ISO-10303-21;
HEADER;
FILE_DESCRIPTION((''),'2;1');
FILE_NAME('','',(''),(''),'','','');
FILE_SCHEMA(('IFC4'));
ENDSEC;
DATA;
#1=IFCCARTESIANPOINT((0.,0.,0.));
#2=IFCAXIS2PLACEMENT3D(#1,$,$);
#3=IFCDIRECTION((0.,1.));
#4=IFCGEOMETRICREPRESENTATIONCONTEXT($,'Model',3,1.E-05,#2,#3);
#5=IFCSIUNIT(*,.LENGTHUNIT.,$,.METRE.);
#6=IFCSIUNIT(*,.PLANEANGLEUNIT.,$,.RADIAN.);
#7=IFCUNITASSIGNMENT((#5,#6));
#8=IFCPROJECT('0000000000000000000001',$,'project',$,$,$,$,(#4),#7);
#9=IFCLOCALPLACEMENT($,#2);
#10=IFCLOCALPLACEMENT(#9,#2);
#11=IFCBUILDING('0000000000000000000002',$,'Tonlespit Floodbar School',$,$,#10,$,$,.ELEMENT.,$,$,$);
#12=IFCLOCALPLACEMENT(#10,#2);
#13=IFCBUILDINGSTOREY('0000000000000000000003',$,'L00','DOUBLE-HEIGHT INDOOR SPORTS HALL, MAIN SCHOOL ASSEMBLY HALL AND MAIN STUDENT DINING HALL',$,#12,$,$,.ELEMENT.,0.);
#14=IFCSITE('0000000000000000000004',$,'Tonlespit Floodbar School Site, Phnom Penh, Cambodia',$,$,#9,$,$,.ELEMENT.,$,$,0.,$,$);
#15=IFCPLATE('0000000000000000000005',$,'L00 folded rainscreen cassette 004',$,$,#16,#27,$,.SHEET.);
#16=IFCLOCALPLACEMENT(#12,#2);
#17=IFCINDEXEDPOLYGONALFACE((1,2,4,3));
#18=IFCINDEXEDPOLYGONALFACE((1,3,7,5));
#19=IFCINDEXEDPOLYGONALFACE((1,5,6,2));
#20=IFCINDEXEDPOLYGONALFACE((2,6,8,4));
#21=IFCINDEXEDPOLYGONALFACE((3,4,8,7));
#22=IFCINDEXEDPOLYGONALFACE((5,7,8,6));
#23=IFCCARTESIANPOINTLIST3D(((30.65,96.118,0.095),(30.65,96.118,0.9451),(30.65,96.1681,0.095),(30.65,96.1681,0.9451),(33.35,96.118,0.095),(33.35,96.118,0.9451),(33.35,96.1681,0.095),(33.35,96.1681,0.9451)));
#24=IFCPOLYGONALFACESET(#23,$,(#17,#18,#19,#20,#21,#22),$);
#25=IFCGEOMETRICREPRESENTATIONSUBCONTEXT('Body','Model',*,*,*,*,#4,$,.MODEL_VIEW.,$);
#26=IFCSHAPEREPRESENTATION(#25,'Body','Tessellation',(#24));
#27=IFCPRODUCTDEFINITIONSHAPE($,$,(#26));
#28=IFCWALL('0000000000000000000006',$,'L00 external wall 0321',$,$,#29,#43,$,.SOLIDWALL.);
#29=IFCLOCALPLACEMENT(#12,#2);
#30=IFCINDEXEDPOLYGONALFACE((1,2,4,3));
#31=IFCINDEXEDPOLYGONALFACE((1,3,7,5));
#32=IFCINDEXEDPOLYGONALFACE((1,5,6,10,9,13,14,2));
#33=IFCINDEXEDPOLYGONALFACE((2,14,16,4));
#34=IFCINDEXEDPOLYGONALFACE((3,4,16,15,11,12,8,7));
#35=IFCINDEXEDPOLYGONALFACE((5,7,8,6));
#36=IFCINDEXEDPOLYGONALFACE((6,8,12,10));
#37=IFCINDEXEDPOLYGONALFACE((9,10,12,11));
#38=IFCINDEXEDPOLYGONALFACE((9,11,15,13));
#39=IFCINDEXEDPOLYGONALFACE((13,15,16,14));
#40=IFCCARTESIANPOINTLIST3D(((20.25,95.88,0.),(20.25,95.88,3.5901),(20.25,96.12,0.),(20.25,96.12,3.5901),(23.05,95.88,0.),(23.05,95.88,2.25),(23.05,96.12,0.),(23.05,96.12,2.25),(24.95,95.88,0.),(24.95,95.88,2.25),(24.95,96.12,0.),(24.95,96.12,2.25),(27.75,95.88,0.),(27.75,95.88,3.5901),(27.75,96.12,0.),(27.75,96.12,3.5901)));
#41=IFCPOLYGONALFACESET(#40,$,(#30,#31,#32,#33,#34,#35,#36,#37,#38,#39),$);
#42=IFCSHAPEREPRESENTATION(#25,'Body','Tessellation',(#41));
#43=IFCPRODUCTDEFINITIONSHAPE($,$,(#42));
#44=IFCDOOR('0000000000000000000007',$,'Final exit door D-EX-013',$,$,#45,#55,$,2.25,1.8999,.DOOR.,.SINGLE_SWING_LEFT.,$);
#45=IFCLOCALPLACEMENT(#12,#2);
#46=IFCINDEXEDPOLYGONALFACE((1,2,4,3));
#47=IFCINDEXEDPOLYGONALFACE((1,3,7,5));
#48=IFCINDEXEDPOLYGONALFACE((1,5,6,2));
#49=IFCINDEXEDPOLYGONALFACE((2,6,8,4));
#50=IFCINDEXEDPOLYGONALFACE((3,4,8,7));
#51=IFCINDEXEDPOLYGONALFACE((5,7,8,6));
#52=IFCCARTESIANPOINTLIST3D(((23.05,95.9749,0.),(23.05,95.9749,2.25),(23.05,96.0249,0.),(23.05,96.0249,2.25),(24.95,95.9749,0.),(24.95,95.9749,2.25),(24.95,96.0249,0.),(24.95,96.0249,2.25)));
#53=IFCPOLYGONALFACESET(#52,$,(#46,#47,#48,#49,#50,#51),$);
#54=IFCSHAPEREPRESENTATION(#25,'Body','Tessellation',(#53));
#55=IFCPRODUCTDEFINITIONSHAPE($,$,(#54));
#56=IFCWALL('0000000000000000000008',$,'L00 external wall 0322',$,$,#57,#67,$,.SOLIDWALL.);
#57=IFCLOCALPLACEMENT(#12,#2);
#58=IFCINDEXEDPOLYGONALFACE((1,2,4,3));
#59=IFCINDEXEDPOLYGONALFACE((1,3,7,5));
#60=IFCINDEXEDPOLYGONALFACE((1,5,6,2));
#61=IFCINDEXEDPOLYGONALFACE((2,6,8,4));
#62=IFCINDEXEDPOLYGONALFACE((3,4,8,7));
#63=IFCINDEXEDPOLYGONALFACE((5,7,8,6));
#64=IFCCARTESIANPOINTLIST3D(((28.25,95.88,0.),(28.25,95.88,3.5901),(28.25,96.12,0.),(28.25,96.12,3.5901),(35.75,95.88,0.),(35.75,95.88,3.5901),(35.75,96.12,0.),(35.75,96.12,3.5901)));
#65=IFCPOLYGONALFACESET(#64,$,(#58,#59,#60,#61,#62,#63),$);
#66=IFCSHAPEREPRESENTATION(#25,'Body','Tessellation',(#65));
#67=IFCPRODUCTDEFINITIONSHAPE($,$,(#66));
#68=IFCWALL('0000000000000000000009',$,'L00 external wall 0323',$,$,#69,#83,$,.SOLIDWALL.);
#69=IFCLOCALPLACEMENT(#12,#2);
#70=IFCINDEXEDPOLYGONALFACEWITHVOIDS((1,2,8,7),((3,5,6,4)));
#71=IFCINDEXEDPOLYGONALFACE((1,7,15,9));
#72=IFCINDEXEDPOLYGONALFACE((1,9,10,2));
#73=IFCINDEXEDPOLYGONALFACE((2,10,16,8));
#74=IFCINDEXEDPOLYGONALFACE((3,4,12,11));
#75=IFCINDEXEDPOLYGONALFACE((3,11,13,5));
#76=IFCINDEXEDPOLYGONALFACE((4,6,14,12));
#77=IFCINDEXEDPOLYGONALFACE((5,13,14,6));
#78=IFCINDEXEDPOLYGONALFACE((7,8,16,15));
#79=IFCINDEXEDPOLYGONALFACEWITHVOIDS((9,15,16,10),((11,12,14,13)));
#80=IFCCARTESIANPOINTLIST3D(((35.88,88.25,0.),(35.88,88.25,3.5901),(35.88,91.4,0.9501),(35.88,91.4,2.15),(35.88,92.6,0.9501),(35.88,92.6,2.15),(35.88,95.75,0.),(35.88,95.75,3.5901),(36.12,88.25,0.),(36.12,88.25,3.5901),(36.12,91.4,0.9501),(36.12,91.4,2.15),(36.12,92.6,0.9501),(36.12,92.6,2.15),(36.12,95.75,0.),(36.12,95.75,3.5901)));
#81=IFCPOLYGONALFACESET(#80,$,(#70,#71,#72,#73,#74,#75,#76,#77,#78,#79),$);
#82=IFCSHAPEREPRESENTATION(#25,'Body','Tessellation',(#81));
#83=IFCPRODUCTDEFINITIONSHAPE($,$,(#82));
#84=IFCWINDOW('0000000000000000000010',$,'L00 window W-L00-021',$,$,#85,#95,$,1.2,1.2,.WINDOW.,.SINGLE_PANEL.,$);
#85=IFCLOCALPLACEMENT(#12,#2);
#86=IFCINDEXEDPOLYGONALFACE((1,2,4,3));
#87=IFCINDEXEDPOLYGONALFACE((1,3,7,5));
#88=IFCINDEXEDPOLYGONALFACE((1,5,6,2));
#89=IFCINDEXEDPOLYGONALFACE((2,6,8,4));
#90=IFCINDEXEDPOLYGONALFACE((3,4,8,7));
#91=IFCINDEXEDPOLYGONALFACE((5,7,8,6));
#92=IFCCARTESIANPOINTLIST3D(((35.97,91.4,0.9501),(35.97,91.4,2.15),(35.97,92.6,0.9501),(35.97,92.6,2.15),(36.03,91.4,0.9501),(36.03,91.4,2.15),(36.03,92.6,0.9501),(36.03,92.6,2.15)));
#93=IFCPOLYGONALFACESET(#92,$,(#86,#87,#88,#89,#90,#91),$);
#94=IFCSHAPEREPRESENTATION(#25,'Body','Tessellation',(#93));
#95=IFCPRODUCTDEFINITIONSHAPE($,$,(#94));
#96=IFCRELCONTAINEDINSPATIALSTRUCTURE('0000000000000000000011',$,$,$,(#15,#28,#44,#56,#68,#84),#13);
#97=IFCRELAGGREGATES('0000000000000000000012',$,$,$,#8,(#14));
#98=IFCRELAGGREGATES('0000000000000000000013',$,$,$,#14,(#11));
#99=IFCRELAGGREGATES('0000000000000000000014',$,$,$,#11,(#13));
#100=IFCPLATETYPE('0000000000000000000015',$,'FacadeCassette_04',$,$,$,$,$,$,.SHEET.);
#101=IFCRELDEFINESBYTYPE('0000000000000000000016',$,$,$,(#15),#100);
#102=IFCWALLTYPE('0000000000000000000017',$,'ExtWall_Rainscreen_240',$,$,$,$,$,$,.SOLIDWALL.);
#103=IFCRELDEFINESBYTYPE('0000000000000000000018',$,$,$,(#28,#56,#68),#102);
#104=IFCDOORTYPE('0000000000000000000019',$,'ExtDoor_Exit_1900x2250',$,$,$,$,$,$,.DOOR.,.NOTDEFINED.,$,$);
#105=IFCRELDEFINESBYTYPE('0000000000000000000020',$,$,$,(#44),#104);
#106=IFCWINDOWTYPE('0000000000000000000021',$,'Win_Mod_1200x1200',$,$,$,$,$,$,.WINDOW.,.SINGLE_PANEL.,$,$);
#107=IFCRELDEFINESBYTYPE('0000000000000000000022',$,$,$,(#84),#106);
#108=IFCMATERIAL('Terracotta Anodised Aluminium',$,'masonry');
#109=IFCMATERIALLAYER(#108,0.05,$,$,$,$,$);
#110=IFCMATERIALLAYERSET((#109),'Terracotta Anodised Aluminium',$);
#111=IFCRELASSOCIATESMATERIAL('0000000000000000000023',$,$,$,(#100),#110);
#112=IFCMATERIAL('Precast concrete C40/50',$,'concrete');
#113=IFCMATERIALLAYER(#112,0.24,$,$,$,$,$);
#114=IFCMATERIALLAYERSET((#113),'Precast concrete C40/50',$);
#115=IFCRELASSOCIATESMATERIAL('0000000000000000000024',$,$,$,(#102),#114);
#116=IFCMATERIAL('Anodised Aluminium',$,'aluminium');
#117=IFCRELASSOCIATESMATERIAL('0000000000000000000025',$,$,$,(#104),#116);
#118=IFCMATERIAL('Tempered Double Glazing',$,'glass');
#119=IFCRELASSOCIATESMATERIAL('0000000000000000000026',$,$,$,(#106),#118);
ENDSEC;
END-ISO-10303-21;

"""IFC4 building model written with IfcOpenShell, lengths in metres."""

from ifc_helpers import new_model, si_unit, direction, frame, frame_2d, origin, origin_2d, place, context, subcontext, project, spatial, rectangle, extrude, material, layer, layer_set, type_object, element, fill, save


model = new_model("IFC4")

# Units and contexts
model_context = context("Model", 3, precision=1e-05, world=origin(), true_north=direction((0.0, 1.0)))
body_context = subcontext(model_context, "Body", "Model", "MODEL_VIEW")
ifc_project = project(units=[si_unit("LENGTHUNIT", "METRE"), si_unit("PLANEANGLEUNIT", "RADIAN")], contexts=[model_context])

# Site, building, storey
site_placement = place(None, origin())
site = spatial("IfcSite", under=ifc_project, at=site_placement, Name="Tonlespit Floodbar School Site, Phnom Penh, Cambodia", CompositionType="ELEMENT", RefElevation=0.0)
building_placement = place(site_placement, origin())
building = spatial("IfcBuilding", under=site, at=building_placement, Name="Tonlespit Floodbar School", CompositionType="ELEMENT")
storey_placement = place(building_placement, origin())
storey = spatial("IfcBuildingStorey", under=building, at=storey_placement, Name="L00", Description="DOUBLE-HEIGHT INDOOR SPORTS HALL, MAIN SCHOOL ASSEMBLY HALL AND MAIN STUDENT DINING HALL", CompositionType="ELEMENT", Elevation=0.0)

# Plate
ifc_material_1 = material(Name="Anodised Aluminium", Category="aluminium")
ifc_material_2 = material(Name="Terracotta Anodised Aluminium", Category="masonry")
ifc_layer_1 = layer(ifc_material_2, 0.05)
ifc_layer_set_1 = layer_set([ifc_layer_1], Name="Terracotta Anodised Aluminium")
plate_type_1 = type_object("IfcPlateType", Name="FacadeCassette_04", PredefinedType="SHEET", material=ifc_layer_set_1)
plate_1_placement = place(storey_placement, frame((32.0, 96.1431, 0.095), z_axis=(0.0, 0.0, 1.0), x_axis=(1.0, 0.0, 0.0)))
element("IfcPlate", 1, at=plate_1_placement, inside=storey, type_object=plate_type_1, Name="L00 folded rainscreen cassette 004", PredefinedType="SHEET", context=body_context, shape_type="SweptSolid", body=[
    extrude(rectangle(XDim=2.7, YDim=0.05, at=origin_2d()), origin(), (0.0, 0.0, 1.0), 0.8501),
])

# Wall, opening, door
ifc_material_3 = material(Name="Precast concrete C40/50", Category="concrete")
ifc_layer_2 = layer(ifc_material_3, 0.24)
ifc_layer_set_2 = layer_set([ifc_layer_2], Name="Precast concrete C40/50")
wall_type = type_object("IfcWallType", Name="ExtWall_Rainscreen_240", PredefinedType="SOLIDWALL", material=ifc_layer_set_2)
wall_1_placement = place(storey_placement, frame((20.25, 96.0, 0.0), z_axis=(0.0, 0.0, 1.0), x_axis=(1.0, 0.0, 0.0)))
wall_1 = element("IfcWall", 2, at=wall_1_placement, inside=storey, type_object=wall_type, Name="L00 external wall 0321", PredefinedType="SOLIDWALL", context=body_context, shape_type="SweptSolid", body=[
    extrude(rectangle(XDim=7.5, YDim=0.24, at=frame_2d((3.75, 0.0))), origin(), (0.0, 0.0, 1.0), 3.5901),
])
opening_1_placement = place(wall_1_placement, frame((2.8, 0.0, 0.0)))
opening_1 = element("IfcOpeningElement", 3, at=opening_1_placement, cuts=wall_1, PredefinedType="OPENING", context=body_context, shape_type="SweptSolid", body=[
    extrude(rectangle(XDim=1.8999, YDim=2.25, at=frame_2d((0.95, 1.125))), frame((0.0, 0.1299, 0.0), z_axis=(0.0, -1.0, 0.0), x_axis=(1.0, 0.0, 0.0)), (0.0, 0.0, 1.0), 0.26),
])
door_type = type_object("IfcDoorType", Name="ExtDoor_Exit_1900x2250", OperationType="NOTDEFINED", PredefinedType="DOOR", material=ifc_material_1)
door_placement = place(opening_1_placement, origin())
door = element("IfcDoor", 4, at=door_placement, inside=storey, type_object=door_type, Name="Final exit door D-EX-013", OperationType="SINGLE_SWING_LEFT", OverallHeight=2.25, OverallWidth=1.8999, PredefinedType="DOOR", context=body_context, shape_type="SweptSolid", body=[
    extrude(rectangle(XDim=1.8999, YDim=2.25, at=frame_2d((0.95, 1.125))), frame((0.0, 0.0249, 0.0), z_axis=(0.0, -1.0, 0.0), x_axis=(1.0, 0.0, 0.0)), (0.0, 0.0, 1.0), 0.05),
])
fill(opening_1, door)

# Wall
wall_2_placement = place(storey_placement, frame((28.25, 96.0, 0.0), z_axis=(0.0, 0.0, 1.0), x_axis=(1.0, 0.0, 0.0)))
element("IfcWall", 5, at=wall_2_placement, inside=storey, type_object=wall_type, Name="L00 external wall 0322", PredefinedType="SOLIDWALL", context=body_context, shape_type="SweptSolid", body=[
    extrude(rectangle(XDim=7.5, YDim=0.24, at=frame_2d((3.75, 0.0))), origin(), (0.0, 0.0, 1.0), 3.5901),
])

# Wall, opening, window
wall_3_placement = place(storey_placement, frame((36.0, 95.75, 0.0), z_axis=(0.0, 0.0, 1.0), x_axis=(0.0, -1.0, 0.0)))
wall_3 = element("IfcWall", 6, at=wall_3_placement, inside=storey, type_object=wall_type, Name="L00 external wall 0323", PredefinedType="SOLIDWALL", context=body_context, shape_type="SweptSolid", body=[
    extrude(rectangle(XDim=7.5, YDim=0.24, at=frame_2d((3.75, 0.0))), origin(), (0.0, 0.0, 1.0), 3.5901),
])
opening_2_placement = place(wall_3_placement, frame((3.1499, 0.0, 0.95)))
opening_2 = element("IfcOpeningElement", 7, at=opening_2_placement, cuts=wall_3, PredefinedType="OPENING", context=body_context, shape_type="SweptSolid", body=[
    extrude(rectangle(XDim=1.2, YDim=1.2, at=frame_2d((0.6001, 0.6001))), frame((0.0, 0.1299, 0.0), z_axis=(0.0, -1.0, 0.0), x_axis=(1.0, 0.0, 0.0)), (0.0, 0.0, 1.0), 0.26),
])
ifc_material_4 = material(Name="Tempered Double Glazing", Category="glass")
window_type = type_object("IfcWindowType", Name="Win_Mod_1200x1200", PartitioningType="SINGLE_PANEL", PredefinedType="WINDOW", material=ifc_material_4)
window_placement = place(opening_2_placement, origin())
window = element("IfcWindow", 8, at=window_placement, inside=storey, type_object=window_type, Name="L00 window W-L00-021", OverallHeight=1.2, OverallWidth=1.2, PartitioningType="SINGLE_PANEL", PredefinedType="WINDOW", context=body_context, shape_type="SweptSolid", body=[
    extrude(rectangle(XDim=1.2, YDim=1.2, at=frame_2d((0.6001, 0.6001))), frame((0.0, 0.03, 0.0), z_axis=(0.0, -1.0, 0.0), x_axis=(1.0, 0.0, 0.0)), (0.0, 0.0, 1.0), 0.0601),
])
fill(opening_2, window)

save(model, "model.ifc")
